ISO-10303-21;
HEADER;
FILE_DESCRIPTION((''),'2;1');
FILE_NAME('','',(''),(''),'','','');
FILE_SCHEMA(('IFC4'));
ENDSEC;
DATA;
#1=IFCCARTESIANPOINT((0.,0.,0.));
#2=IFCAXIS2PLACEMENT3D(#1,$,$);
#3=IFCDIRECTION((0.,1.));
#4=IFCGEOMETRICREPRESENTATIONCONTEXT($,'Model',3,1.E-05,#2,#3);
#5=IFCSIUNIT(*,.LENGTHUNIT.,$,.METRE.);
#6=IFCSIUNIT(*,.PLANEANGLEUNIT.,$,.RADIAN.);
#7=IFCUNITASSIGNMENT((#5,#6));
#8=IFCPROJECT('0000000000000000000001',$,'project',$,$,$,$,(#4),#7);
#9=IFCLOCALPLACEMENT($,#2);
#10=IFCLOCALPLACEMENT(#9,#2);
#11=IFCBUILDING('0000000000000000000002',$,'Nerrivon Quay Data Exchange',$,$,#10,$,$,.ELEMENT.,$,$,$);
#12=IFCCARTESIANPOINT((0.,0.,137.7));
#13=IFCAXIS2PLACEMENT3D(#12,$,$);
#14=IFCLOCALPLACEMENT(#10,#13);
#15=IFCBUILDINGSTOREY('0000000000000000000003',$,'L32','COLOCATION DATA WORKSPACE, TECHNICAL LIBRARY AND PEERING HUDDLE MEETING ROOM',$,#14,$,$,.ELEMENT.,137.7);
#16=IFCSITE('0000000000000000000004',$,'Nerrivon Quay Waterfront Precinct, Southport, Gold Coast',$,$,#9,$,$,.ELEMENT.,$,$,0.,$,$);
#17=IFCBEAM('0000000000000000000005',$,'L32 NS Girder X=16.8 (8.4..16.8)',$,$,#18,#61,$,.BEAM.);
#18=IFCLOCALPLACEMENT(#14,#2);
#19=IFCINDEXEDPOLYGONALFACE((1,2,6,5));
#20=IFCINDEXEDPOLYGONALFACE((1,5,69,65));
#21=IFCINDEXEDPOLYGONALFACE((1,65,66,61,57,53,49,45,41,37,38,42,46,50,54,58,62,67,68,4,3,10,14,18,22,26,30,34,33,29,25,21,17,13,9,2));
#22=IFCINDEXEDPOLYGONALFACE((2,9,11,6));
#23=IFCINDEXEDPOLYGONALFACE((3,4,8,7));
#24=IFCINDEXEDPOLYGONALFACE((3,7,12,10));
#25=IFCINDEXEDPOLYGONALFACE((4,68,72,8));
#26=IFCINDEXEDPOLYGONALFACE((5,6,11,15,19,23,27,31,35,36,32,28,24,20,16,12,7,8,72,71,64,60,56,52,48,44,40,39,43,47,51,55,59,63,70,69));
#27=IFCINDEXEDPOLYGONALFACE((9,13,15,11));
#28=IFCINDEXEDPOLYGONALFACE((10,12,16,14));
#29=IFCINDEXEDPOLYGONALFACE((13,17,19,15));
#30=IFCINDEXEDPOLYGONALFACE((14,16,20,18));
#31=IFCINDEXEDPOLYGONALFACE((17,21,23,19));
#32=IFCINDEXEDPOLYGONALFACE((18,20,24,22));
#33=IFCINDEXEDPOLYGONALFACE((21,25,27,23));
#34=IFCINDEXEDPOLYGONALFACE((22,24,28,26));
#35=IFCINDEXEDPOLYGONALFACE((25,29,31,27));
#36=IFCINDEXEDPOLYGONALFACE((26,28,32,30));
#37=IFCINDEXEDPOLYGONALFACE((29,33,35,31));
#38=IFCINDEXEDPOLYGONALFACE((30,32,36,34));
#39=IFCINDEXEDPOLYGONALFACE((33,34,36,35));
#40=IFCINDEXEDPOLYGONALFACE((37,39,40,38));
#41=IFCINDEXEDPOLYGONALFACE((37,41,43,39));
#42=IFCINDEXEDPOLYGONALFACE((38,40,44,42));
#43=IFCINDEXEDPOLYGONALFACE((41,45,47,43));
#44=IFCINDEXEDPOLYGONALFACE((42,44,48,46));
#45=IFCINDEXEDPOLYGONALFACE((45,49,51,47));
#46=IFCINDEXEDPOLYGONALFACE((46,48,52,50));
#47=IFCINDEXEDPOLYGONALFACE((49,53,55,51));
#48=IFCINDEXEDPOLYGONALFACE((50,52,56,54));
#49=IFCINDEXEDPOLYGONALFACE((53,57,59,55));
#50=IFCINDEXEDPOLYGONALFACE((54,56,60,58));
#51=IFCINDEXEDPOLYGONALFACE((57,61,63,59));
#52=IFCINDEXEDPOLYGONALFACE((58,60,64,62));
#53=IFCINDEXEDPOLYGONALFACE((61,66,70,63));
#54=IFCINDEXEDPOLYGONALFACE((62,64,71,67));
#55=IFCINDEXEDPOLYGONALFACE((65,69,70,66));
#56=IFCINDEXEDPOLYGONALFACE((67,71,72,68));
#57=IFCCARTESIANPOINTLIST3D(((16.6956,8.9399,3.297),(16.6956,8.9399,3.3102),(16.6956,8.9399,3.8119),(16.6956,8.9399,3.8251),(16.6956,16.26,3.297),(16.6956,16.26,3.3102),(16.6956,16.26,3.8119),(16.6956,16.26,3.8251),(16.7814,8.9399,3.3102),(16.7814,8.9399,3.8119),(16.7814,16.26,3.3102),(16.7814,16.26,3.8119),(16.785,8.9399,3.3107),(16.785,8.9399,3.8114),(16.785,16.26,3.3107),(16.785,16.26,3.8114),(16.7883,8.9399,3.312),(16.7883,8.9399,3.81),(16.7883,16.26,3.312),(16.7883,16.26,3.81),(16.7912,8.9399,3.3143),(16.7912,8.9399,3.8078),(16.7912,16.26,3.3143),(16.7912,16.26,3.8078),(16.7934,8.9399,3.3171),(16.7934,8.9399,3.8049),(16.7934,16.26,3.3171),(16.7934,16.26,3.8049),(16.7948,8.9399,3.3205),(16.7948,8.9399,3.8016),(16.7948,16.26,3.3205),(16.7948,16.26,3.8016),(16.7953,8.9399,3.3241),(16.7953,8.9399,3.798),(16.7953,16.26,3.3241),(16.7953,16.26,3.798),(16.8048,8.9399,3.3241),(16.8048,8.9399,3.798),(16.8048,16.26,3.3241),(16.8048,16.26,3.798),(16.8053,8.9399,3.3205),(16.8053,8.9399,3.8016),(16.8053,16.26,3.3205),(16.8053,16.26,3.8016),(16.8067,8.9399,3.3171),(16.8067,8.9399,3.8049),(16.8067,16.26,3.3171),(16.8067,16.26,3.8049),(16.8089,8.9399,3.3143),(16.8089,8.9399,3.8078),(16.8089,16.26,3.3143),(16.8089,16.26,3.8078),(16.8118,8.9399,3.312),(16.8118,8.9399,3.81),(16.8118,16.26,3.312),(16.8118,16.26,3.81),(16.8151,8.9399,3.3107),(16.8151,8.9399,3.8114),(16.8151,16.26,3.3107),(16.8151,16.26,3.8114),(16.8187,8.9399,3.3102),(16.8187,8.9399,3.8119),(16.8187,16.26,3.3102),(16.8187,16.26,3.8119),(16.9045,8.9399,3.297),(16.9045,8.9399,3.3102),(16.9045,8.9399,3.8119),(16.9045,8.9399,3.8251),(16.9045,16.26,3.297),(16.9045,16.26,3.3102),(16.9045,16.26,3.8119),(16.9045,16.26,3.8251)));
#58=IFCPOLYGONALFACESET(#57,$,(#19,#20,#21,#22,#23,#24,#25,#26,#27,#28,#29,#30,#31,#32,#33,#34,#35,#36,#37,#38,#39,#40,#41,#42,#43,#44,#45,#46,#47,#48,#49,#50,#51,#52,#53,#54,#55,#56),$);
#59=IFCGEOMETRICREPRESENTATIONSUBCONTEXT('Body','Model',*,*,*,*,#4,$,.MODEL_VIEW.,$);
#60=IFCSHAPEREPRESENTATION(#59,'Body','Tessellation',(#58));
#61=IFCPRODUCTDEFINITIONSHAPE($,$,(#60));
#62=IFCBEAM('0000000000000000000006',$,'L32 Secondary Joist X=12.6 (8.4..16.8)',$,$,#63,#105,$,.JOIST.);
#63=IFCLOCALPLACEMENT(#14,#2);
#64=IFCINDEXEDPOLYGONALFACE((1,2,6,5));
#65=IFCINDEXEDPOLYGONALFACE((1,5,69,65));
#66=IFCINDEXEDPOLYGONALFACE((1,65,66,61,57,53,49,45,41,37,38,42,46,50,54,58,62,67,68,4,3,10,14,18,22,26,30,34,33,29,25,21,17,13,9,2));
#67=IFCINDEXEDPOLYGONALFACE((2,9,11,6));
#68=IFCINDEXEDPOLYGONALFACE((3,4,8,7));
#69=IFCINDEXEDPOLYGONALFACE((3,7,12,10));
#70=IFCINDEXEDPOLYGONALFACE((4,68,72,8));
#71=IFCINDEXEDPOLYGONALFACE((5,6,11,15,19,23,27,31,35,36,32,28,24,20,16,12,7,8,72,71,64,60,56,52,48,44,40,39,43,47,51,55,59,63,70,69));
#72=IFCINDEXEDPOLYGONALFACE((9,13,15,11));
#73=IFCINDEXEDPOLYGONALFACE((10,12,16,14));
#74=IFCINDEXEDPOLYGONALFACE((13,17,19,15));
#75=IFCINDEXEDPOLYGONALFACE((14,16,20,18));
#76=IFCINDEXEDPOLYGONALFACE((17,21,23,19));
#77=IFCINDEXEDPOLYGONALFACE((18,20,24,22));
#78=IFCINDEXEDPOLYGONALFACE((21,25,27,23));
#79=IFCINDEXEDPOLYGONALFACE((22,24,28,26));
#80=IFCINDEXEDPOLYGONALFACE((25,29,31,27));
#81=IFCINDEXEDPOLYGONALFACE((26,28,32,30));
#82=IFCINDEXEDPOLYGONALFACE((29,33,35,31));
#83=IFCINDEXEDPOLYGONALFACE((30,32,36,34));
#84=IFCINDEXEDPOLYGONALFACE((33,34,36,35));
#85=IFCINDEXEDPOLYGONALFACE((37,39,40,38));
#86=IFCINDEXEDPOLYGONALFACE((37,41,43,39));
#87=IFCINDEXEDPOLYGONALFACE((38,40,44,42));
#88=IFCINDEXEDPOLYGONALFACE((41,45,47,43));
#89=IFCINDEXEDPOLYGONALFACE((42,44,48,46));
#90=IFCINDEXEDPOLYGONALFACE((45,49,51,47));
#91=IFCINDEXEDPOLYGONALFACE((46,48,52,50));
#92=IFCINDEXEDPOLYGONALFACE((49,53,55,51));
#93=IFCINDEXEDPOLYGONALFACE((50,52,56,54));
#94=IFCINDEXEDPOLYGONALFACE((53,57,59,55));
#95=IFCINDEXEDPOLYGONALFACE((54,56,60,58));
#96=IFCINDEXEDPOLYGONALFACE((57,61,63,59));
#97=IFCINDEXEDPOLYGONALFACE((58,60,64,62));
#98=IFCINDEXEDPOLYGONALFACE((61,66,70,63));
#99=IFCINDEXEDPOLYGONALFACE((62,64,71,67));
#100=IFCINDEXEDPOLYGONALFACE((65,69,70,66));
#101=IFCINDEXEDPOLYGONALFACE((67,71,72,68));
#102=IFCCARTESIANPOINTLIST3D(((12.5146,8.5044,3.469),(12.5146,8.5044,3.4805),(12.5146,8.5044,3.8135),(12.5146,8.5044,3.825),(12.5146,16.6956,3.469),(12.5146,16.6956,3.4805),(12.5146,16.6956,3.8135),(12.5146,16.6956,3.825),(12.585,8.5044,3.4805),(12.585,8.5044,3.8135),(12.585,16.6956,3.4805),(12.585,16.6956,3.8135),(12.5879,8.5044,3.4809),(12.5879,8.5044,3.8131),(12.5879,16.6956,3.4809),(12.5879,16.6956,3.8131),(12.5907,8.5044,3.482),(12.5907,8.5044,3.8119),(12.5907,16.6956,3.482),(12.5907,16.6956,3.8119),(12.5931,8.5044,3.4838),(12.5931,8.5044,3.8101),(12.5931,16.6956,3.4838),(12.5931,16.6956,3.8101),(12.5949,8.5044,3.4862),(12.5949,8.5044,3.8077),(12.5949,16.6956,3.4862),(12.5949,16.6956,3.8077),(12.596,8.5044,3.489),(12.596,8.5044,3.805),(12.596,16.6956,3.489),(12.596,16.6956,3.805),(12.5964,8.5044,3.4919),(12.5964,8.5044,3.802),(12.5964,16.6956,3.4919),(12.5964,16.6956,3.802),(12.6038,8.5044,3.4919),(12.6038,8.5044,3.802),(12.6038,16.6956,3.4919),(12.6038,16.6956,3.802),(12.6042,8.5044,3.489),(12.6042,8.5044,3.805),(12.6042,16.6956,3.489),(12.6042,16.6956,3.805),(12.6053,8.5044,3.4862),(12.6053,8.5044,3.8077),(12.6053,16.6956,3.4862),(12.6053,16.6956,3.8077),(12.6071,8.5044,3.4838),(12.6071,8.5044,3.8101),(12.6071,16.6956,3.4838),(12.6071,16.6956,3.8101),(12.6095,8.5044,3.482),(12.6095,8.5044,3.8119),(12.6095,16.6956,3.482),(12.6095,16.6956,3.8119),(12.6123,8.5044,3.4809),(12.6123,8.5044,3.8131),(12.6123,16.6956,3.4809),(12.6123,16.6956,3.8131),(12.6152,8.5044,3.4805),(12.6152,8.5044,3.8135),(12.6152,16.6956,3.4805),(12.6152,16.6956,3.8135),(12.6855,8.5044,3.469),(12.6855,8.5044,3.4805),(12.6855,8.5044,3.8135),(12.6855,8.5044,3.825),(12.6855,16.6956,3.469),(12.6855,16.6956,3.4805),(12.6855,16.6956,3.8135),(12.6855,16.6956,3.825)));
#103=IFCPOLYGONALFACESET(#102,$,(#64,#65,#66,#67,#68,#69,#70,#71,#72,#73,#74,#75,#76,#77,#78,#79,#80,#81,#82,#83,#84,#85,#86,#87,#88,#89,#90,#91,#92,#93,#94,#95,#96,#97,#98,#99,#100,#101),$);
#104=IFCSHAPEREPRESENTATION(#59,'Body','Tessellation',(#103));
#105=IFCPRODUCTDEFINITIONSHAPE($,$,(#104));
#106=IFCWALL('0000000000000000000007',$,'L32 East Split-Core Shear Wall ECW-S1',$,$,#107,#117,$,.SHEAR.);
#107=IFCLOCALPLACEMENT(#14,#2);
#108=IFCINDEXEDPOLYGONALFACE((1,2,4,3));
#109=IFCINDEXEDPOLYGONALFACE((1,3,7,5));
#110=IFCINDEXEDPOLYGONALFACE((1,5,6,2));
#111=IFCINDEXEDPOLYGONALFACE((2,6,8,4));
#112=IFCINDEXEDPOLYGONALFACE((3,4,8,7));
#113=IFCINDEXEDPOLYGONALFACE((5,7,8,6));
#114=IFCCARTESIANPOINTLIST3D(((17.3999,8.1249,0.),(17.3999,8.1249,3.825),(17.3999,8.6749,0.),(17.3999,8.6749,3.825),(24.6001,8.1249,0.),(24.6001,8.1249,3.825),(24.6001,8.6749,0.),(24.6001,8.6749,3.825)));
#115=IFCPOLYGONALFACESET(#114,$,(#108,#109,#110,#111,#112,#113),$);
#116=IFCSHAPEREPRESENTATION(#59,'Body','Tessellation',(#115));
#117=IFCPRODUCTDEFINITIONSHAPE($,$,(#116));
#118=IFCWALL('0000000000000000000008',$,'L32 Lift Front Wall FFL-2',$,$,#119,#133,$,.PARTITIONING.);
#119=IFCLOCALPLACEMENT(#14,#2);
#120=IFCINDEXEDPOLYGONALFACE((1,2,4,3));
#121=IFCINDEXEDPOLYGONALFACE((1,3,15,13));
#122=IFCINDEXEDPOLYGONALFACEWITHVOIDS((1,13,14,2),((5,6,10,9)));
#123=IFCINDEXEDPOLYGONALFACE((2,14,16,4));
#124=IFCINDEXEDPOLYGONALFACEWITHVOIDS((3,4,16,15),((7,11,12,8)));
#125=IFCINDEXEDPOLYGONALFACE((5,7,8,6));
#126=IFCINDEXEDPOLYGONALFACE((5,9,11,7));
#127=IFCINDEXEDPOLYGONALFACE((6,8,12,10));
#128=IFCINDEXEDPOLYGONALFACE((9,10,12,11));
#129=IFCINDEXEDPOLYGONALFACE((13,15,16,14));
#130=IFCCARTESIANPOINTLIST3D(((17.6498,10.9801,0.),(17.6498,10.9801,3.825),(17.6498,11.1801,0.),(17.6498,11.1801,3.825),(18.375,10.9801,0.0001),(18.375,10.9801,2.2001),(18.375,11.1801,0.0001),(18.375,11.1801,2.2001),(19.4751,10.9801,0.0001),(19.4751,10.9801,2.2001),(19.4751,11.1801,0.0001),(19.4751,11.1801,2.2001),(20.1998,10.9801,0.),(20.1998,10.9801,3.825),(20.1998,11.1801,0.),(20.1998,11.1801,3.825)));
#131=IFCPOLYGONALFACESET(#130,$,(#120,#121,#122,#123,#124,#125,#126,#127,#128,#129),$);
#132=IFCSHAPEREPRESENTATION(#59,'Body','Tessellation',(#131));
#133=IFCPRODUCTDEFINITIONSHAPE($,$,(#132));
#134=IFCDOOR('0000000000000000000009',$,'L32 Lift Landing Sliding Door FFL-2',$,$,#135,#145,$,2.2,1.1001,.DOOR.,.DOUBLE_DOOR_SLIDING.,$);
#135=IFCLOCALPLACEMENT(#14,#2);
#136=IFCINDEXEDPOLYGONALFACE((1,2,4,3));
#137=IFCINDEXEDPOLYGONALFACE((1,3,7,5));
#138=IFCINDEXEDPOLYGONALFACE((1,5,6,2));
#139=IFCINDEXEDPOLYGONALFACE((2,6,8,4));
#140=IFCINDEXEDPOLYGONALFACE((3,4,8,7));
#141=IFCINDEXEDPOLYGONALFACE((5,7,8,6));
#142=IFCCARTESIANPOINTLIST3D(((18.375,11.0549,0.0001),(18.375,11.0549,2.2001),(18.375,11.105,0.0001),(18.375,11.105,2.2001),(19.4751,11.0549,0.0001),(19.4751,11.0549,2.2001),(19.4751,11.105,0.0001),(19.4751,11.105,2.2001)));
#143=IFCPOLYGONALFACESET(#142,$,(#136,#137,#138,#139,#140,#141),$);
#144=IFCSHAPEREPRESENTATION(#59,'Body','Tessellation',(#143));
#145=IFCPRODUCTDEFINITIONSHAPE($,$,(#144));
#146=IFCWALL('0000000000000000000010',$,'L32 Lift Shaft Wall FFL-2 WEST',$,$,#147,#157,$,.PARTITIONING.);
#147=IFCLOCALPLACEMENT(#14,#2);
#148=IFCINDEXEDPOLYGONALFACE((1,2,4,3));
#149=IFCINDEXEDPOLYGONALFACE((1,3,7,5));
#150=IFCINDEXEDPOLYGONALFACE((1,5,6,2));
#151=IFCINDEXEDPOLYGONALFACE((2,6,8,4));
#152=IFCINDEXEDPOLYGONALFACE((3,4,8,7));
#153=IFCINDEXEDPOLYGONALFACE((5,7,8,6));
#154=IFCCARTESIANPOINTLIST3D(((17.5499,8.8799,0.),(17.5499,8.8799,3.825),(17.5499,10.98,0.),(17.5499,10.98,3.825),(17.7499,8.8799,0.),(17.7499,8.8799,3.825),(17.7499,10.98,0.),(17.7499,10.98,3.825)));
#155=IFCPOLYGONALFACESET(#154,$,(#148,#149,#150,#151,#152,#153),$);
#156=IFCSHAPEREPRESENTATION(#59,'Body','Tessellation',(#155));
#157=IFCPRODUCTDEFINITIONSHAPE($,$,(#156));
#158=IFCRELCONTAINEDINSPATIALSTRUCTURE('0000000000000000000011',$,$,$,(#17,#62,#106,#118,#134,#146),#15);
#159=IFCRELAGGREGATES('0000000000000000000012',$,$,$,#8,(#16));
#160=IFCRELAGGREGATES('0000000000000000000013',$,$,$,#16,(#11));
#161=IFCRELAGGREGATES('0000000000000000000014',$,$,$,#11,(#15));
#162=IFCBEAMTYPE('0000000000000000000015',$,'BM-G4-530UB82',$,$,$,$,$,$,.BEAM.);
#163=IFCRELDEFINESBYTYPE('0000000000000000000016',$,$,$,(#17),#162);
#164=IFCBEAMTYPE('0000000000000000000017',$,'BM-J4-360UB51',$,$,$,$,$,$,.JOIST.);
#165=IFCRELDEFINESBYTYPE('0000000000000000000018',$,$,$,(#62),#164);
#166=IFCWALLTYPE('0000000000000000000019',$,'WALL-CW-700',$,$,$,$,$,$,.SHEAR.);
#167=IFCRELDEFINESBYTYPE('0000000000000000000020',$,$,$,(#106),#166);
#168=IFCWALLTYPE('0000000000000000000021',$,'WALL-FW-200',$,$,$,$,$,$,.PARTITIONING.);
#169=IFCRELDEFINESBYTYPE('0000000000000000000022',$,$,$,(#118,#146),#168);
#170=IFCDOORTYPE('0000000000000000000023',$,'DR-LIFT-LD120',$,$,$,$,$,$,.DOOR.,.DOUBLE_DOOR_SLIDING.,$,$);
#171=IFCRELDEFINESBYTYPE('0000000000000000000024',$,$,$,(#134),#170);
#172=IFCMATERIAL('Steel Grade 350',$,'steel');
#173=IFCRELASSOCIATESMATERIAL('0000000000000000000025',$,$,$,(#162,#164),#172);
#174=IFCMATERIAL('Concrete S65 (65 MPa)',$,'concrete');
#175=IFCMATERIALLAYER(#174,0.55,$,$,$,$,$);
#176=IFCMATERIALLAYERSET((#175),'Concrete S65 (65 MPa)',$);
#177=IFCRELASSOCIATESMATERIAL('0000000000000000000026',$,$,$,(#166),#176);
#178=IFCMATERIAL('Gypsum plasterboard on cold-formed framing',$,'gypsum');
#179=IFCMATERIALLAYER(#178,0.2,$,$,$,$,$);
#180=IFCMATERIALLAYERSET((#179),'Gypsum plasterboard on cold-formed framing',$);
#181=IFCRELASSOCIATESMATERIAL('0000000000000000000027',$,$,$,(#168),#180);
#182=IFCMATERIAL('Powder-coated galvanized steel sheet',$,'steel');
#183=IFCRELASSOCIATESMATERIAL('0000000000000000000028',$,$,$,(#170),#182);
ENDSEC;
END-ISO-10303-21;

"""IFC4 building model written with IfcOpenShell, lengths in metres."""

from ifc_helpers import new_model, si_unit, direction, frame, frame_2d, origin, origin_2d, place, context, subcontext, project, spatial, rectangle, i_section, extrude, material, layer, layer_set, material_profile, profile_set, type_object, element, fill, save


model = new_model("IFC4")

# Units and contexts
model_context = context("Model", 3, precision=1e-05, world=origin(), true_north=direction((0.0, 1.0)))
body_context = subcontext(model_context, "Body", "Model", "MODEL_VIEW")
ifc_project = project(units=[si_unit("LENGTHUNIT", "METRE"), si_unit("PLANEANGLEUNIT", "RADIAN")], contexts=[model_context])

# Site, building, storey
site_placement = place(None, origin())
site = spatial("IfcSite", under=ifc_project, at=site_placement, Name="Nerrivon Quay Waterfront Precinct, Southport, Gold Coast", CompositionType="ELEMENT", RefElevation=0.0)
building_placement = place(site_placement, origin())
building = spatial("IfcBuilding", under=site, at=building_placement, Name="Nerrivon Quay Data Exchange", CompositionType="ELEMENT")
storey_placement = place(building_placement, frame((0.0, 0.0, 137.7)))
storey = spatial("IfcBuildingStorey", under=building, at=storey_placement, Name="L32", Description="COLOCATION DATA WORKSPACE, TECHNICAL LIBRARY AND PEERING HUDDLE MEETING ROOM", CompositionType="ELEMENT", Elevation=137.7)

# Shared definitions
ifc_material_1 = material(Name="Concrete S65 (65 MPa)", Category="concrete")
ifc_material_2 = material(Name="Steel Grade 350", Category="steel")

# Beams
ifc_material_profile_1 = material_profile(ifc_material_2, i_section(OverallWidth=0.209, OverallDepth=0.5281, WebThickness=0.0095, FlangeThickness=0.0132, FilletRadius=0.0139, at=origin_2d()), Name="530UB82.0")
ifc_profile_set_1 = profile_set([ifc_material_profile_1], Name="Steel Grade 350")
beam_type_1 = type_object("IfcBeamType", Name="BM-G4-530UB82", PredefinedType="BEAM", material=ifc_profile_set_1)
beam_1_placement = place(storey_placement, frame((16.8, 8.9399, 3.561), z_axis=(0.0, 1.0, 0.0), x_axis=(-1.0, 0.0, 0.0)))
element("IfcBeam", 1, at=beam_1_placement, inside=storey, type_object=beam_type_1, Name="L32 NS Girder X=16.8 (8.4..16.8)", PredefinedType="BEAM", context=body_context, shape_type="SweptSolid", body=[
    extrude(i_section(OverallWidth=0.209, OverallDepth=0.5281, WebThickness=0.0095, FlangeThickness=0.0132, FilletRadius=0.0139, at=origin_2d()), origin(), (0.0, 0.0, 1.0), 7.3201),
])
ifc_material_profile_2 = material_profile(ifc_material_2, i_section(OverallWidth=0.1709, OverallDepth=0.356, WebThickness=0.0073, FlangeThickness=0.0115, FilletRadius=0.0115, at=origin_2d()), Name="360UB50.7")
ifc_profile_set_2 = profile_set([ifc_material_profile_2], Name="Steel Grade 350")
beam_type_2 = type_object("IfcBeamType", Name="BM-J4-360UB51", PredefinedType="JOIST", material=ifc_profile_set_2)
beam_2_placement = place(storey_placement, frame((12.6001, 8.5044, 3.647), z_axis=(0.0, 1.0, 0.0), x_axis=(-1.0, 0.0, 0.0)))
element("IfcBeam", 2, at=beam_2_placement, inside=storey, type_object=beam_type_2, Name="L32 Secondary Joist X=12.6 (8.4..16.8)", PredefinedType="JOIST", context=body_context, shape_type="SweptSolid", body=[
    extrude(i_section(OverallWidth=0.1709, OverallDepth=0.356, WebThickness=0.0073, FlangeThickness=0.0115, FilletRadius=0.0115, at=origin_2d()), origin(), (0.0, 0.0, 1.0), 8.1912),
])

# Wall
ifc_layer_1 = layer(ifc_material_1, 0.55)
ifc_layer_set_1 = layer_set([ifc_layer_1], Name="Concrete S65 (65 MPa)")
wall_type_1 = type_object("IfcWallType", Name="WALL-CW-700", PredefinedType="SHEAR", material=ifc_layer_set_1)
wall_1_placement = place(storey_placement, frame((17.3999, 8.3999, 0.0), z_axis=(0.0, 0.0, 1.0), x_axis=(1.0, 0.0, 0.0)))
element("IfcWall", 3, at=wall_1_placement, inside=storey, type_object=wall_type_1, Name="L32 East Split-Core Shear Wall ECW-S1", PredefinedType="SHEAR", context=body_context, shape_type="SweptSolid", body=[
    extrude(rectangle(XDim=7.2002, YDim=0.55, at=frame_2d((3.6001, 0.0))), origin(), (0.0, 0.0, 1.0), 3.825),
])

# Wall, opening, door
ifc_material_3 = material(Name="Powder-coated galvanized steel sheet", Category="steel")
ifc_material_4 = material(Name="Gypsum plasterboard on cold-formed framing", Category="gypsum")
ifc_layer_2 = layer(ifc_material_4, 0.2)
ifc_layer_set_2 = layer_set([ifc_layer_2], Name="Gypsum plasterboard on cold-formed framing")
wall_type_2 = type_object("IfcWallType", Name="WALL-FW-200", PredefinedType="PARTITIONING", material=ifc_layer_set_2)
wall_2_placement = place(storey_placement, frame((17.6499, 11.0801, 0.0), z_axis=(0.0, 0.0, 1.0), x_axis=(1.0, 0.0, 0.0)))
wall_2 = element("IfcWall", 4, at=wall_2_placement, inside=storey, type_object=wall_type_2, Name="L32 Lift Front Wall FFL-2", PredefinedType="PARTITIONING", context=body_context, shape_type="SweptSolid", body=[
    extrude(rectangle(XDim=2.55, YDim=0.2, at=frame_2d((1.2749, 0.0))), origin(), (0.0, 0.0, 1.0), 3.825),
])
opening_1_placement = place(wall_2_placement, frame((0.7251, 0.0, 0.0)))
opening_1 = element("IfcOpeningElement", 5, at=opening_1_placement, cuts=wall_2, PredefinedType="OPENING", context=body_context, shape_type="SweptSolid", body=[
    extrude(rectangle(XDim=1.1001, YDim=2.2, at=frame_2d((0.55, 1.1001))), frame((0.0, 0.1099, 0.0), z_axis=(0.0, -1.0, 0.0), x_axis=(1.0, 0.0, 0.0)), (0.0, 0.0, 1.0), 0.22),
])
door_type_1 = type_object("IfcDoorType", Name="DR-LIFT-LD120", OperationType="DOUBLE_DOOR_SLIDING", PredefinedType="DOOR", material=ifc_material_3)
door_1_placement = place(opening_1_placement, origin())
door_1 = element("IfcDoor", 6, at=door_1_placement, inside=storey, type_object=door_type_1, Name="L32 Lift Landing Sliding Door FFL-2", OperationType="DOUBLE_DOOR_SLIDING", OverallHeight=2.2, OverallWidth=1.1001, PredefinedType="DOOR", context=body_context, shape_type="SweptSolid", body=[
    extrude(rectangle(XDim=1.1001, YDim=2.2, at=frame_2d((0.55, 1.1001))), frame((0.0, 0.0249, 0.0), z_axis=(0.0, -1.0, 0.0), x_axis=(1.0, 0.0, 0.0)), (0.0, 0.0, 1.0), 0.05),
])
fill(opening_1, door_1)

# Wall
wall_3_placement = place(storey_placement, frame((17.6499, 8.8799, 0.0), z_axis=(0.0, 0.0, 1.0), x_axis=(0.0, 1.0, 0.0)))
element("IfcWall", 7, at=wall_3_placement, inside=storey, type_object=wall_type_2, Name="L32 Lift Shaft Wall FFL-2 WEST", PredefinedType="PARTITIONING", context=body_context, shape_type="SweptSolid", body=[
    extrude(rectangle(XDim=2.1001, YDim=0.2, at=frame_2d((1.05, 0.0))), origin(), (0.0, 0.0, 1.0), 3.825),
])

save(model, "model.ifc")
